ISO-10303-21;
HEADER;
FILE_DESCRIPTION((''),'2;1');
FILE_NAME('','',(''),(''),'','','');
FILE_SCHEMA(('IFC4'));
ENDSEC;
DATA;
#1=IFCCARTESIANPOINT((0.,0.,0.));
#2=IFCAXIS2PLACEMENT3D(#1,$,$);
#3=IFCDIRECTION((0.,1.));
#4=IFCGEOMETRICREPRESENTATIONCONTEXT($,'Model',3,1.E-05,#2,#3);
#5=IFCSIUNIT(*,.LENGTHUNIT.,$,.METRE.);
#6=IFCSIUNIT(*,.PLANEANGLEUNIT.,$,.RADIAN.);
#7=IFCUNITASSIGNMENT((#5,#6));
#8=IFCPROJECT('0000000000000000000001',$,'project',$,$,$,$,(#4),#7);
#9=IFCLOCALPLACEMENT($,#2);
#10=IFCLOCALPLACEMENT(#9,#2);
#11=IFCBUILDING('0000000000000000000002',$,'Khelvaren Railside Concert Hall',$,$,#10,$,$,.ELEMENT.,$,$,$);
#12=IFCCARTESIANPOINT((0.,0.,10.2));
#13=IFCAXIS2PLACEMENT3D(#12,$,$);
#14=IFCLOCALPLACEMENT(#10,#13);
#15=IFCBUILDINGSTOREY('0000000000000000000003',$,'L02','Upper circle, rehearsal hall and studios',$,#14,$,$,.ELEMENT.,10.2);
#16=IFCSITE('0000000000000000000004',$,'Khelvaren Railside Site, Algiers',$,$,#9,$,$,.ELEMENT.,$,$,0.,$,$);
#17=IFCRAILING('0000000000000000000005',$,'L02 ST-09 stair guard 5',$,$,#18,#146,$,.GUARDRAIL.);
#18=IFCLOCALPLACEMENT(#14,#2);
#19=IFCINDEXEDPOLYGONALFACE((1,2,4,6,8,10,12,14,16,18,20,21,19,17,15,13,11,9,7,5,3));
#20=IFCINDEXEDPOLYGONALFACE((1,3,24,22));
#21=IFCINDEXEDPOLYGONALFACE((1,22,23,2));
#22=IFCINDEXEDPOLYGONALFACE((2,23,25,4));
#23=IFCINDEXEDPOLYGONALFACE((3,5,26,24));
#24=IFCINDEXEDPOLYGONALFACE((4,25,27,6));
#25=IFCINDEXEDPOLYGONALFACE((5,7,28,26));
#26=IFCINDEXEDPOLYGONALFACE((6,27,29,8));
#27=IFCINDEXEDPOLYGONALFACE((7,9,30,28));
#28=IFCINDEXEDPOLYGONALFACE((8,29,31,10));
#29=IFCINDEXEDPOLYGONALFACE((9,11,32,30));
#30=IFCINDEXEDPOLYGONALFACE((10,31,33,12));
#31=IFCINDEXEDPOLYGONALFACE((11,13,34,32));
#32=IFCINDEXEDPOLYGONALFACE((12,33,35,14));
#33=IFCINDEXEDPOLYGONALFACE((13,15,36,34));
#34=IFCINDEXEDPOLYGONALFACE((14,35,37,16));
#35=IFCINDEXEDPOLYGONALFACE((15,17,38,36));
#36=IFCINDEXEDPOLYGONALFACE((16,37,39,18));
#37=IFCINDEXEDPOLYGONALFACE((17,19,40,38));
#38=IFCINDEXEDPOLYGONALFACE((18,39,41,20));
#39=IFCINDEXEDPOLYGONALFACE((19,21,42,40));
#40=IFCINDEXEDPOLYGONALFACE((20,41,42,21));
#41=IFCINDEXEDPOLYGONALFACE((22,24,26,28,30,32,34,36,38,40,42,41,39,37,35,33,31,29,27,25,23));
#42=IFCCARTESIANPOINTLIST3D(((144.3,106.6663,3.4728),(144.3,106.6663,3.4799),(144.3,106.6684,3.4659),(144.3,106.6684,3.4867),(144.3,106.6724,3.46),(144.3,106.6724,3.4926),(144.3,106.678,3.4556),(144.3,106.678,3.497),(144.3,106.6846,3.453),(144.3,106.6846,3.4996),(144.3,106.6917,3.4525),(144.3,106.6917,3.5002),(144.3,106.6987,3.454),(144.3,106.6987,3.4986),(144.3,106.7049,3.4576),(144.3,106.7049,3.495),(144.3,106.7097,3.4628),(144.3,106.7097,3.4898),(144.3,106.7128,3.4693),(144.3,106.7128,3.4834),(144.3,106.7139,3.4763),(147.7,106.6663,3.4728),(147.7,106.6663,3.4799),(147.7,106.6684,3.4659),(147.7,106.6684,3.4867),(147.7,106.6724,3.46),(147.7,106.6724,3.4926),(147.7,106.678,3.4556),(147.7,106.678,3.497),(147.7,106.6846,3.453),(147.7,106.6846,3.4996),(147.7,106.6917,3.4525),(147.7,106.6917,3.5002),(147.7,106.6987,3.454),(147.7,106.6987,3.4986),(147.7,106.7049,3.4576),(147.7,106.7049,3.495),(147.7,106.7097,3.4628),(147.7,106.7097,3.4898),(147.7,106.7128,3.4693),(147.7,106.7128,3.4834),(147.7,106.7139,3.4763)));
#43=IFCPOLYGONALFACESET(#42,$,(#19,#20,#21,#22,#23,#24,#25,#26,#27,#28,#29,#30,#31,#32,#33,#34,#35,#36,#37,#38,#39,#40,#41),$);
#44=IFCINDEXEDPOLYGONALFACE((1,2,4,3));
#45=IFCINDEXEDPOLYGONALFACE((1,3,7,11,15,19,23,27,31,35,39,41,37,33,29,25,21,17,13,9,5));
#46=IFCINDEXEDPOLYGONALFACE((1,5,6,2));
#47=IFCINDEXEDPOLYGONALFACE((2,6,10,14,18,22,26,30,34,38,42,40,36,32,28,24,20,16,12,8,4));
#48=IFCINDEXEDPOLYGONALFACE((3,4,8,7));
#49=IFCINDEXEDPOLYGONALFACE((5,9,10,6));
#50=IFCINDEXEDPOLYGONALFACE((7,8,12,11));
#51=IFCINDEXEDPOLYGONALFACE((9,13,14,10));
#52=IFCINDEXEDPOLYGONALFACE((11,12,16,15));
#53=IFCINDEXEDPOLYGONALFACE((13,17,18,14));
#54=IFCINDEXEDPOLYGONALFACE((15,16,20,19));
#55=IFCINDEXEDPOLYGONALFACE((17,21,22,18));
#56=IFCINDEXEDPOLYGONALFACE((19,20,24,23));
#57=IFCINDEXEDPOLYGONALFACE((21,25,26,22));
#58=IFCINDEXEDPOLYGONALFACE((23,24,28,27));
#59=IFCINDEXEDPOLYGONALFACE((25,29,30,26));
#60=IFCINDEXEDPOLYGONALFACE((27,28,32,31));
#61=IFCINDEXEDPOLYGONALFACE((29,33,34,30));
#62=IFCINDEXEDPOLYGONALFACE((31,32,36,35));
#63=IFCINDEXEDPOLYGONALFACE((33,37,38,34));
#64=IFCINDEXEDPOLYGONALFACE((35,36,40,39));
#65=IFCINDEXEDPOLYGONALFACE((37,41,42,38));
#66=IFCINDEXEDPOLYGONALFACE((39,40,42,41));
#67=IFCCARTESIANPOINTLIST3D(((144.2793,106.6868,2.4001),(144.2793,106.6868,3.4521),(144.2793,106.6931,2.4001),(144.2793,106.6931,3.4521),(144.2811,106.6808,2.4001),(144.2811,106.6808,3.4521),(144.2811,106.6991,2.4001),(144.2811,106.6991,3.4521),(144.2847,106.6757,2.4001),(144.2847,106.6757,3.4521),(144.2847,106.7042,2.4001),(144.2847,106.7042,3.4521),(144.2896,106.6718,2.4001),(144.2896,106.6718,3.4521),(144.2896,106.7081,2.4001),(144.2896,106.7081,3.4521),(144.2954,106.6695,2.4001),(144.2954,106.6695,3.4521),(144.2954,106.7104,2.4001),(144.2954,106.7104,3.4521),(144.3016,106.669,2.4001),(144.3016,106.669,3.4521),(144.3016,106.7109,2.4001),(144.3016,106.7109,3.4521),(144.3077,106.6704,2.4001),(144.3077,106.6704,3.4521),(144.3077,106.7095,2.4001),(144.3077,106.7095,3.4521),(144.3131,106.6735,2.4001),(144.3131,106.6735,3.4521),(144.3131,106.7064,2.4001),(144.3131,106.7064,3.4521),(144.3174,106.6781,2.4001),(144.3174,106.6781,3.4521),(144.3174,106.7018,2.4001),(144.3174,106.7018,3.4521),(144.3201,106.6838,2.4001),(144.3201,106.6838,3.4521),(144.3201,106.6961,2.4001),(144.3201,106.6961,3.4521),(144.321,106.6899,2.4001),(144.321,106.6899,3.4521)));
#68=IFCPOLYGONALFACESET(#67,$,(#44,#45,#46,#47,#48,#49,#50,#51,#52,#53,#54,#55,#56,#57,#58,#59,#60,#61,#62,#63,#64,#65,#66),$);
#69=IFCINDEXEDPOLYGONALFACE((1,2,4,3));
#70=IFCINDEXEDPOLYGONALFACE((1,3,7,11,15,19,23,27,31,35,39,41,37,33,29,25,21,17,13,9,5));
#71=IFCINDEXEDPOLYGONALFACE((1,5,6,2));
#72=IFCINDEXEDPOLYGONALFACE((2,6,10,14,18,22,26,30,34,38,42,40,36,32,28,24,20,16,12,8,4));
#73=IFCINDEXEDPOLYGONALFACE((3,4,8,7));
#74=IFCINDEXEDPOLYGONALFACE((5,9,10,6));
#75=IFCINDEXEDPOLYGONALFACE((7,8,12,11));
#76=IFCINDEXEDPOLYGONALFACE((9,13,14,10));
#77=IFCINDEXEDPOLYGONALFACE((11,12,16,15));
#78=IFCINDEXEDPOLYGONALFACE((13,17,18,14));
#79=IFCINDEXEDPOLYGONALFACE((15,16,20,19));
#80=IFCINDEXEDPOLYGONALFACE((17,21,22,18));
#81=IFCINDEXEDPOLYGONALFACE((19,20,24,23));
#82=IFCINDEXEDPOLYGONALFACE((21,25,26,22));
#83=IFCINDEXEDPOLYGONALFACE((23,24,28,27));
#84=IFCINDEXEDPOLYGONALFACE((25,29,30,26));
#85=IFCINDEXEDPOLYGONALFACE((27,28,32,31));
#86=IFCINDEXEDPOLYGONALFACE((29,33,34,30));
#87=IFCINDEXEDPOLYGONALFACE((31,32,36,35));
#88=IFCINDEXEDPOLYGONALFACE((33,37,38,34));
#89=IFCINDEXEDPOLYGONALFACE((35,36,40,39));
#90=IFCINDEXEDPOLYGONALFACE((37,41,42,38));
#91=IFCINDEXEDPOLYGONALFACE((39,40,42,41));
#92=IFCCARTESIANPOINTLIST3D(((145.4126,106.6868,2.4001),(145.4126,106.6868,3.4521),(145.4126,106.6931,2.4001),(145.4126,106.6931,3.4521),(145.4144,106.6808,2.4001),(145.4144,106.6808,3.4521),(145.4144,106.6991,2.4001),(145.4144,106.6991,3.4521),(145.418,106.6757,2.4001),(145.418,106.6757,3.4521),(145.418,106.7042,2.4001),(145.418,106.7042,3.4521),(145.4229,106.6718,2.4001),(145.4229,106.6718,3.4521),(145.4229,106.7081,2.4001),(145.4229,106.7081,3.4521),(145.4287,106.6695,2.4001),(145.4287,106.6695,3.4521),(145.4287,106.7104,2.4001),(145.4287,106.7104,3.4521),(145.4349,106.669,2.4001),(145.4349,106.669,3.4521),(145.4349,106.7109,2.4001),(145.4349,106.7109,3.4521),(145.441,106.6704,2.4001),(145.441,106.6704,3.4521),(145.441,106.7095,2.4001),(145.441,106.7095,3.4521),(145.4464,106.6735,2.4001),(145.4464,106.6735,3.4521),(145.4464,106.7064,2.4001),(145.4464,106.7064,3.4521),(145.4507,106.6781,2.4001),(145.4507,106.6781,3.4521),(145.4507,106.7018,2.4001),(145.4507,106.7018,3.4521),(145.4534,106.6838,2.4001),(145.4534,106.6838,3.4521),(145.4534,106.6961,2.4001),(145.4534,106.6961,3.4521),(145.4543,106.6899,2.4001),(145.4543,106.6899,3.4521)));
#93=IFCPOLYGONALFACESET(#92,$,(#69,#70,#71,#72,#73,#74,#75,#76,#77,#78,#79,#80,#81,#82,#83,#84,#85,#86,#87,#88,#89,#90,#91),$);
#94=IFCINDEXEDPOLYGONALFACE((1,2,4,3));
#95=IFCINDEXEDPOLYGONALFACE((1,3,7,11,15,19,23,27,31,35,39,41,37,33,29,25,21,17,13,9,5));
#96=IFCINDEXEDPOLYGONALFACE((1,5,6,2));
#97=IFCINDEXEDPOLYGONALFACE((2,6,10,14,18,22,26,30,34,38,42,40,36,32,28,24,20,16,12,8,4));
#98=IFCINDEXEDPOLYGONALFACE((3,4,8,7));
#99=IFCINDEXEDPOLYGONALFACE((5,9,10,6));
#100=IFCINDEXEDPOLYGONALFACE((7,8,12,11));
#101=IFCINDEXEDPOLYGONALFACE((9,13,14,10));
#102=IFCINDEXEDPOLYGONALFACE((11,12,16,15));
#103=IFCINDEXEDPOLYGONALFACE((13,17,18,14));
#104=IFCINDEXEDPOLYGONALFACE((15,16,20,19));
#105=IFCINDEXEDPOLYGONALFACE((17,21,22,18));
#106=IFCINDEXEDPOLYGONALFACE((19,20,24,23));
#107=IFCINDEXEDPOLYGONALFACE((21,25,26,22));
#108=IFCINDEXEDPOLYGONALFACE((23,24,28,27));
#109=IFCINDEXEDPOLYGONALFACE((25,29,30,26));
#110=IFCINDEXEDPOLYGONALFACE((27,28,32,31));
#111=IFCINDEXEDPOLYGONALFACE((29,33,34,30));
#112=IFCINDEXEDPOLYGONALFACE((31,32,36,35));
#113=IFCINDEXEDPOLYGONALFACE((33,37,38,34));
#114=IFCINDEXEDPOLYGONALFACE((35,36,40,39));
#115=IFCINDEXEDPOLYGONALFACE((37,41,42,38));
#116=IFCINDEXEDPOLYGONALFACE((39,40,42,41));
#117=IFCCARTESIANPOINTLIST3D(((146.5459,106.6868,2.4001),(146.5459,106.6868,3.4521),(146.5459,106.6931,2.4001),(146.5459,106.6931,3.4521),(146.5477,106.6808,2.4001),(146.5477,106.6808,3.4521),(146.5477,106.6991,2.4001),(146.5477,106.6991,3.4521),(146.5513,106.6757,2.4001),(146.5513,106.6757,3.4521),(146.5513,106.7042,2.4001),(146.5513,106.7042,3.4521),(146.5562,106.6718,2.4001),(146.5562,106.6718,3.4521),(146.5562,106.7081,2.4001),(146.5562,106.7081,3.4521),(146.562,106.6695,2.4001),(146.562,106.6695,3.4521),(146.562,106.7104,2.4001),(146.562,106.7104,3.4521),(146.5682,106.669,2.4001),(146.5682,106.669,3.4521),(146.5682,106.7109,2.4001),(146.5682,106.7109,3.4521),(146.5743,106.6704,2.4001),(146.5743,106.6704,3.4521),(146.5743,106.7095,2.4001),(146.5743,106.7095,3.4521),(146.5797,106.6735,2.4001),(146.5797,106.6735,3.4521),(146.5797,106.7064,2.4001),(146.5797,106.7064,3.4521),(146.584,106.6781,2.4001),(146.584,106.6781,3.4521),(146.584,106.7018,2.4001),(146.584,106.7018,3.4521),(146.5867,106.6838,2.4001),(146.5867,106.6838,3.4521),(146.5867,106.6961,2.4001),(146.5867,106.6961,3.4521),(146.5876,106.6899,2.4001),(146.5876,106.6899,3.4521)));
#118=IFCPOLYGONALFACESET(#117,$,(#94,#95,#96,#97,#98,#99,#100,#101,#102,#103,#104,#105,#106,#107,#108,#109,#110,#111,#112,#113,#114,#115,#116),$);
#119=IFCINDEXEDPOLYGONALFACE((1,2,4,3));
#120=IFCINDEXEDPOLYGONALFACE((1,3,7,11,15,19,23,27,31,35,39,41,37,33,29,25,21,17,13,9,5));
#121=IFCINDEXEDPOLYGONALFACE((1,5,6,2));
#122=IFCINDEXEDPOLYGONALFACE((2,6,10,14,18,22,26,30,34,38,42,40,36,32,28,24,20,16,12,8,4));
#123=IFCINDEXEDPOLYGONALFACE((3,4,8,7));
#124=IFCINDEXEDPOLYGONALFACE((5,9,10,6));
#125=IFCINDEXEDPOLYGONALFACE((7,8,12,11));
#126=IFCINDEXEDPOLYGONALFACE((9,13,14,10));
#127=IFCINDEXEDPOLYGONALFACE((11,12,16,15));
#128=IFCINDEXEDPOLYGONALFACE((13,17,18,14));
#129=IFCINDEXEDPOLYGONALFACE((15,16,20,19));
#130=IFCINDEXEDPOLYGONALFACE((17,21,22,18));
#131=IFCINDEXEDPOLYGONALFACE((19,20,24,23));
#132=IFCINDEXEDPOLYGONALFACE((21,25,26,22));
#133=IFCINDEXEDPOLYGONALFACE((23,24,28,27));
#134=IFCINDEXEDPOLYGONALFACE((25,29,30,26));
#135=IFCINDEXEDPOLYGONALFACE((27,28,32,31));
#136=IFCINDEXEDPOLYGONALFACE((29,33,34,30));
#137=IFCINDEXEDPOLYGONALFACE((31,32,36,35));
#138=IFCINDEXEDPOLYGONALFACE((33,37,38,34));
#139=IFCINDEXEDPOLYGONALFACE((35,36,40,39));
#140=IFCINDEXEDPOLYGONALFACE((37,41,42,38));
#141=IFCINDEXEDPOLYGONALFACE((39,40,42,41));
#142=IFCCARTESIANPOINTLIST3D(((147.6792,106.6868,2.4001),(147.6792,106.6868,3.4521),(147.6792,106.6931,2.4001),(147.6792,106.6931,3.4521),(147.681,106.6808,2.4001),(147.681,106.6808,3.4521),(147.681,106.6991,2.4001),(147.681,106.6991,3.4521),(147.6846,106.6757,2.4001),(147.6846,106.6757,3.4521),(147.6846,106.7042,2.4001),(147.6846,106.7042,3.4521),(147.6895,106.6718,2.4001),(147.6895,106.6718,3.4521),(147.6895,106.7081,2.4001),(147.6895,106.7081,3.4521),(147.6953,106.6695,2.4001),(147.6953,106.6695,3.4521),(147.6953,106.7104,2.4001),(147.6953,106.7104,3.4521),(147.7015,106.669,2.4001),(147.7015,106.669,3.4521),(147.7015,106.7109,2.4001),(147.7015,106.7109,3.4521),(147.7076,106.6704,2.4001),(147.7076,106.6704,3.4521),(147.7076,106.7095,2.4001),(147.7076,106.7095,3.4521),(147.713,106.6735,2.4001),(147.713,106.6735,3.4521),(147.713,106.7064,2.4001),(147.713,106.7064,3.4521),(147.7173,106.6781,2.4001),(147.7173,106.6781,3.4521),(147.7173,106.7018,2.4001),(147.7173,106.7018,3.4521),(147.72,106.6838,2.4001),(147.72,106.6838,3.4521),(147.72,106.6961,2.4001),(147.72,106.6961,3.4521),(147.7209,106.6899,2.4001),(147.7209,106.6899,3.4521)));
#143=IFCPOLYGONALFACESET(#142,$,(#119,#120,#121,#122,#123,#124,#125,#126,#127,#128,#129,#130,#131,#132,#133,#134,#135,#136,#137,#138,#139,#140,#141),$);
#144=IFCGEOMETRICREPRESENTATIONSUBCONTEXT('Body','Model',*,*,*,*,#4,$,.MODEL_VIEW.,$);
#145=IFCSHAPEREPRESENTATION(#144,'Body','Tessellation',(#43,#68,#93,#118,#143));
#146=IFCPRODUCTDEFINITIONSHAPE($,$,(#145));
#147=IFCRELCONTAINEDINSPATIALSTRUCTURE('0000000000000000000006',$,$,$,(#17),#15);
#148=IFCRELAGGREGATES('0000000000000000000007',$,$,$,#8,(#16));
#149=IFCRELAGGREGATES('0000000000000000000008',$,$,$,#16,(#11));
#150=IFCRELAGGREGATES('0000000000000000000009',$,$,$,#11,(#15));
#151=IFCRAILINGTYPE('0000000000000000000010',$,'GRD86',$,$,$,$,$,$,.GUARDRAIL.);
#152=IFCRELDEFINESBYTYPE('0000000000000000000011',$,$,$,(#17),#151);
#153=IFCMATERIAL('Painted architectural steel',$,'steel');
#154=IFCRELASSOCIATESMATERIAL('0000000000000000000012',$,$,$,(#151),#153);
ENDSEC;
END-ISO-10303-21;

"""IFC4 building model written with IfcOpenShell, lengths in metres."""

from ifc_helpers import new_model, si_unit, direction, frame, origin, origin_2d, place, context, subcontext, project, spatial, circle, extrude, material, type_object, element, save


model = new_model("IFC4")

# Units and contexts
model_context = context("Model", 3, precision=1e-05, world=origin(), true_north=direction((0.0, 1.0)))
body_context = subcontext(model_context, "Body", "Model", "MODEL_VIEW")
ifc_project = project(units=[si_unit("LENGTHUNIT", "METRE"), si_unit("PLANEANGLEUNIT", "RADIAN")], contexts=[model_context])

# Site, building, storey
site_placement = place(None, origin())
site = spatial("IfcSite", under=ifc_project, at=site_placement, Name="Khelvaren Railside Site, Algiers", CompositionType="ELEMENT", RefElevation=0.0)
building_placement = place(site_placement, origin())
building = spatial("IfcBuilding", under=site, at=building_placement, Name="Khelvaren Railside Concert Hall", CompositionType="ELEMENT")
storey_placement = place(building_placement, frame((0.0, 0.0, 10.2)))
storey = spatial("IfcBuildingStorey", under=building, at=storey_placement, Name="L02", Description="Upper circle, rehearsal hall and studios", CompositionType="ELEMENT", Elevation=10.2)

# Railing
ifc_material_1 = material(Name="Painted architectural steel", Category="steel")
railing_type_1 = type_object("IfcRailingType", Name="GRD86", PredefinedType="GUARDRAIL", material=ifc_material_1)
railing_1_placement = place(storey_placement, frame((144.3, 106.6899, 2.4001)))
element("IfcRailing", 1, at=railing_1_placement, inside=storey, type_object=railing_type_1, Name="L02 ST-09 stair guard 5", PredefinedType="GUARDRAIL", context=body_context, shape_type="SweptSolid", body=[
    extrude(circle(Radius=0.0239, at=origin_2d()), frame((0.0, 0.0, 1.0762), z_axis=(1.0, 0.0, 0.0), x_axis=(0.0, 1.0, 0.0)), (0.0, 0.0, 1.0), 3.3999),
    extrude(circle(Radius=0.021, at=origin_2d()), origin(), (0.0, 0.0, 1.0), 1.052),
    extrude(circle(Radius=0.021, at=origin_2d()), frame((1.1333, 0.0, 0.0)), (0.0, 0.0, 1.0), 1.052),
    extrude(circle(Radius=0.021, at=origin_2d()), frame((2.2666, 0.0, 0.0)), (0.0, 0.0, 1.0), 1.052),
    extrude(circle(Radius=0.021, at=origin_2d()), frame((3.3999, 0.0, 0.0)), (0.0, 0.0, 1.0), 1.052),
])

save(model, "model.ifc")
